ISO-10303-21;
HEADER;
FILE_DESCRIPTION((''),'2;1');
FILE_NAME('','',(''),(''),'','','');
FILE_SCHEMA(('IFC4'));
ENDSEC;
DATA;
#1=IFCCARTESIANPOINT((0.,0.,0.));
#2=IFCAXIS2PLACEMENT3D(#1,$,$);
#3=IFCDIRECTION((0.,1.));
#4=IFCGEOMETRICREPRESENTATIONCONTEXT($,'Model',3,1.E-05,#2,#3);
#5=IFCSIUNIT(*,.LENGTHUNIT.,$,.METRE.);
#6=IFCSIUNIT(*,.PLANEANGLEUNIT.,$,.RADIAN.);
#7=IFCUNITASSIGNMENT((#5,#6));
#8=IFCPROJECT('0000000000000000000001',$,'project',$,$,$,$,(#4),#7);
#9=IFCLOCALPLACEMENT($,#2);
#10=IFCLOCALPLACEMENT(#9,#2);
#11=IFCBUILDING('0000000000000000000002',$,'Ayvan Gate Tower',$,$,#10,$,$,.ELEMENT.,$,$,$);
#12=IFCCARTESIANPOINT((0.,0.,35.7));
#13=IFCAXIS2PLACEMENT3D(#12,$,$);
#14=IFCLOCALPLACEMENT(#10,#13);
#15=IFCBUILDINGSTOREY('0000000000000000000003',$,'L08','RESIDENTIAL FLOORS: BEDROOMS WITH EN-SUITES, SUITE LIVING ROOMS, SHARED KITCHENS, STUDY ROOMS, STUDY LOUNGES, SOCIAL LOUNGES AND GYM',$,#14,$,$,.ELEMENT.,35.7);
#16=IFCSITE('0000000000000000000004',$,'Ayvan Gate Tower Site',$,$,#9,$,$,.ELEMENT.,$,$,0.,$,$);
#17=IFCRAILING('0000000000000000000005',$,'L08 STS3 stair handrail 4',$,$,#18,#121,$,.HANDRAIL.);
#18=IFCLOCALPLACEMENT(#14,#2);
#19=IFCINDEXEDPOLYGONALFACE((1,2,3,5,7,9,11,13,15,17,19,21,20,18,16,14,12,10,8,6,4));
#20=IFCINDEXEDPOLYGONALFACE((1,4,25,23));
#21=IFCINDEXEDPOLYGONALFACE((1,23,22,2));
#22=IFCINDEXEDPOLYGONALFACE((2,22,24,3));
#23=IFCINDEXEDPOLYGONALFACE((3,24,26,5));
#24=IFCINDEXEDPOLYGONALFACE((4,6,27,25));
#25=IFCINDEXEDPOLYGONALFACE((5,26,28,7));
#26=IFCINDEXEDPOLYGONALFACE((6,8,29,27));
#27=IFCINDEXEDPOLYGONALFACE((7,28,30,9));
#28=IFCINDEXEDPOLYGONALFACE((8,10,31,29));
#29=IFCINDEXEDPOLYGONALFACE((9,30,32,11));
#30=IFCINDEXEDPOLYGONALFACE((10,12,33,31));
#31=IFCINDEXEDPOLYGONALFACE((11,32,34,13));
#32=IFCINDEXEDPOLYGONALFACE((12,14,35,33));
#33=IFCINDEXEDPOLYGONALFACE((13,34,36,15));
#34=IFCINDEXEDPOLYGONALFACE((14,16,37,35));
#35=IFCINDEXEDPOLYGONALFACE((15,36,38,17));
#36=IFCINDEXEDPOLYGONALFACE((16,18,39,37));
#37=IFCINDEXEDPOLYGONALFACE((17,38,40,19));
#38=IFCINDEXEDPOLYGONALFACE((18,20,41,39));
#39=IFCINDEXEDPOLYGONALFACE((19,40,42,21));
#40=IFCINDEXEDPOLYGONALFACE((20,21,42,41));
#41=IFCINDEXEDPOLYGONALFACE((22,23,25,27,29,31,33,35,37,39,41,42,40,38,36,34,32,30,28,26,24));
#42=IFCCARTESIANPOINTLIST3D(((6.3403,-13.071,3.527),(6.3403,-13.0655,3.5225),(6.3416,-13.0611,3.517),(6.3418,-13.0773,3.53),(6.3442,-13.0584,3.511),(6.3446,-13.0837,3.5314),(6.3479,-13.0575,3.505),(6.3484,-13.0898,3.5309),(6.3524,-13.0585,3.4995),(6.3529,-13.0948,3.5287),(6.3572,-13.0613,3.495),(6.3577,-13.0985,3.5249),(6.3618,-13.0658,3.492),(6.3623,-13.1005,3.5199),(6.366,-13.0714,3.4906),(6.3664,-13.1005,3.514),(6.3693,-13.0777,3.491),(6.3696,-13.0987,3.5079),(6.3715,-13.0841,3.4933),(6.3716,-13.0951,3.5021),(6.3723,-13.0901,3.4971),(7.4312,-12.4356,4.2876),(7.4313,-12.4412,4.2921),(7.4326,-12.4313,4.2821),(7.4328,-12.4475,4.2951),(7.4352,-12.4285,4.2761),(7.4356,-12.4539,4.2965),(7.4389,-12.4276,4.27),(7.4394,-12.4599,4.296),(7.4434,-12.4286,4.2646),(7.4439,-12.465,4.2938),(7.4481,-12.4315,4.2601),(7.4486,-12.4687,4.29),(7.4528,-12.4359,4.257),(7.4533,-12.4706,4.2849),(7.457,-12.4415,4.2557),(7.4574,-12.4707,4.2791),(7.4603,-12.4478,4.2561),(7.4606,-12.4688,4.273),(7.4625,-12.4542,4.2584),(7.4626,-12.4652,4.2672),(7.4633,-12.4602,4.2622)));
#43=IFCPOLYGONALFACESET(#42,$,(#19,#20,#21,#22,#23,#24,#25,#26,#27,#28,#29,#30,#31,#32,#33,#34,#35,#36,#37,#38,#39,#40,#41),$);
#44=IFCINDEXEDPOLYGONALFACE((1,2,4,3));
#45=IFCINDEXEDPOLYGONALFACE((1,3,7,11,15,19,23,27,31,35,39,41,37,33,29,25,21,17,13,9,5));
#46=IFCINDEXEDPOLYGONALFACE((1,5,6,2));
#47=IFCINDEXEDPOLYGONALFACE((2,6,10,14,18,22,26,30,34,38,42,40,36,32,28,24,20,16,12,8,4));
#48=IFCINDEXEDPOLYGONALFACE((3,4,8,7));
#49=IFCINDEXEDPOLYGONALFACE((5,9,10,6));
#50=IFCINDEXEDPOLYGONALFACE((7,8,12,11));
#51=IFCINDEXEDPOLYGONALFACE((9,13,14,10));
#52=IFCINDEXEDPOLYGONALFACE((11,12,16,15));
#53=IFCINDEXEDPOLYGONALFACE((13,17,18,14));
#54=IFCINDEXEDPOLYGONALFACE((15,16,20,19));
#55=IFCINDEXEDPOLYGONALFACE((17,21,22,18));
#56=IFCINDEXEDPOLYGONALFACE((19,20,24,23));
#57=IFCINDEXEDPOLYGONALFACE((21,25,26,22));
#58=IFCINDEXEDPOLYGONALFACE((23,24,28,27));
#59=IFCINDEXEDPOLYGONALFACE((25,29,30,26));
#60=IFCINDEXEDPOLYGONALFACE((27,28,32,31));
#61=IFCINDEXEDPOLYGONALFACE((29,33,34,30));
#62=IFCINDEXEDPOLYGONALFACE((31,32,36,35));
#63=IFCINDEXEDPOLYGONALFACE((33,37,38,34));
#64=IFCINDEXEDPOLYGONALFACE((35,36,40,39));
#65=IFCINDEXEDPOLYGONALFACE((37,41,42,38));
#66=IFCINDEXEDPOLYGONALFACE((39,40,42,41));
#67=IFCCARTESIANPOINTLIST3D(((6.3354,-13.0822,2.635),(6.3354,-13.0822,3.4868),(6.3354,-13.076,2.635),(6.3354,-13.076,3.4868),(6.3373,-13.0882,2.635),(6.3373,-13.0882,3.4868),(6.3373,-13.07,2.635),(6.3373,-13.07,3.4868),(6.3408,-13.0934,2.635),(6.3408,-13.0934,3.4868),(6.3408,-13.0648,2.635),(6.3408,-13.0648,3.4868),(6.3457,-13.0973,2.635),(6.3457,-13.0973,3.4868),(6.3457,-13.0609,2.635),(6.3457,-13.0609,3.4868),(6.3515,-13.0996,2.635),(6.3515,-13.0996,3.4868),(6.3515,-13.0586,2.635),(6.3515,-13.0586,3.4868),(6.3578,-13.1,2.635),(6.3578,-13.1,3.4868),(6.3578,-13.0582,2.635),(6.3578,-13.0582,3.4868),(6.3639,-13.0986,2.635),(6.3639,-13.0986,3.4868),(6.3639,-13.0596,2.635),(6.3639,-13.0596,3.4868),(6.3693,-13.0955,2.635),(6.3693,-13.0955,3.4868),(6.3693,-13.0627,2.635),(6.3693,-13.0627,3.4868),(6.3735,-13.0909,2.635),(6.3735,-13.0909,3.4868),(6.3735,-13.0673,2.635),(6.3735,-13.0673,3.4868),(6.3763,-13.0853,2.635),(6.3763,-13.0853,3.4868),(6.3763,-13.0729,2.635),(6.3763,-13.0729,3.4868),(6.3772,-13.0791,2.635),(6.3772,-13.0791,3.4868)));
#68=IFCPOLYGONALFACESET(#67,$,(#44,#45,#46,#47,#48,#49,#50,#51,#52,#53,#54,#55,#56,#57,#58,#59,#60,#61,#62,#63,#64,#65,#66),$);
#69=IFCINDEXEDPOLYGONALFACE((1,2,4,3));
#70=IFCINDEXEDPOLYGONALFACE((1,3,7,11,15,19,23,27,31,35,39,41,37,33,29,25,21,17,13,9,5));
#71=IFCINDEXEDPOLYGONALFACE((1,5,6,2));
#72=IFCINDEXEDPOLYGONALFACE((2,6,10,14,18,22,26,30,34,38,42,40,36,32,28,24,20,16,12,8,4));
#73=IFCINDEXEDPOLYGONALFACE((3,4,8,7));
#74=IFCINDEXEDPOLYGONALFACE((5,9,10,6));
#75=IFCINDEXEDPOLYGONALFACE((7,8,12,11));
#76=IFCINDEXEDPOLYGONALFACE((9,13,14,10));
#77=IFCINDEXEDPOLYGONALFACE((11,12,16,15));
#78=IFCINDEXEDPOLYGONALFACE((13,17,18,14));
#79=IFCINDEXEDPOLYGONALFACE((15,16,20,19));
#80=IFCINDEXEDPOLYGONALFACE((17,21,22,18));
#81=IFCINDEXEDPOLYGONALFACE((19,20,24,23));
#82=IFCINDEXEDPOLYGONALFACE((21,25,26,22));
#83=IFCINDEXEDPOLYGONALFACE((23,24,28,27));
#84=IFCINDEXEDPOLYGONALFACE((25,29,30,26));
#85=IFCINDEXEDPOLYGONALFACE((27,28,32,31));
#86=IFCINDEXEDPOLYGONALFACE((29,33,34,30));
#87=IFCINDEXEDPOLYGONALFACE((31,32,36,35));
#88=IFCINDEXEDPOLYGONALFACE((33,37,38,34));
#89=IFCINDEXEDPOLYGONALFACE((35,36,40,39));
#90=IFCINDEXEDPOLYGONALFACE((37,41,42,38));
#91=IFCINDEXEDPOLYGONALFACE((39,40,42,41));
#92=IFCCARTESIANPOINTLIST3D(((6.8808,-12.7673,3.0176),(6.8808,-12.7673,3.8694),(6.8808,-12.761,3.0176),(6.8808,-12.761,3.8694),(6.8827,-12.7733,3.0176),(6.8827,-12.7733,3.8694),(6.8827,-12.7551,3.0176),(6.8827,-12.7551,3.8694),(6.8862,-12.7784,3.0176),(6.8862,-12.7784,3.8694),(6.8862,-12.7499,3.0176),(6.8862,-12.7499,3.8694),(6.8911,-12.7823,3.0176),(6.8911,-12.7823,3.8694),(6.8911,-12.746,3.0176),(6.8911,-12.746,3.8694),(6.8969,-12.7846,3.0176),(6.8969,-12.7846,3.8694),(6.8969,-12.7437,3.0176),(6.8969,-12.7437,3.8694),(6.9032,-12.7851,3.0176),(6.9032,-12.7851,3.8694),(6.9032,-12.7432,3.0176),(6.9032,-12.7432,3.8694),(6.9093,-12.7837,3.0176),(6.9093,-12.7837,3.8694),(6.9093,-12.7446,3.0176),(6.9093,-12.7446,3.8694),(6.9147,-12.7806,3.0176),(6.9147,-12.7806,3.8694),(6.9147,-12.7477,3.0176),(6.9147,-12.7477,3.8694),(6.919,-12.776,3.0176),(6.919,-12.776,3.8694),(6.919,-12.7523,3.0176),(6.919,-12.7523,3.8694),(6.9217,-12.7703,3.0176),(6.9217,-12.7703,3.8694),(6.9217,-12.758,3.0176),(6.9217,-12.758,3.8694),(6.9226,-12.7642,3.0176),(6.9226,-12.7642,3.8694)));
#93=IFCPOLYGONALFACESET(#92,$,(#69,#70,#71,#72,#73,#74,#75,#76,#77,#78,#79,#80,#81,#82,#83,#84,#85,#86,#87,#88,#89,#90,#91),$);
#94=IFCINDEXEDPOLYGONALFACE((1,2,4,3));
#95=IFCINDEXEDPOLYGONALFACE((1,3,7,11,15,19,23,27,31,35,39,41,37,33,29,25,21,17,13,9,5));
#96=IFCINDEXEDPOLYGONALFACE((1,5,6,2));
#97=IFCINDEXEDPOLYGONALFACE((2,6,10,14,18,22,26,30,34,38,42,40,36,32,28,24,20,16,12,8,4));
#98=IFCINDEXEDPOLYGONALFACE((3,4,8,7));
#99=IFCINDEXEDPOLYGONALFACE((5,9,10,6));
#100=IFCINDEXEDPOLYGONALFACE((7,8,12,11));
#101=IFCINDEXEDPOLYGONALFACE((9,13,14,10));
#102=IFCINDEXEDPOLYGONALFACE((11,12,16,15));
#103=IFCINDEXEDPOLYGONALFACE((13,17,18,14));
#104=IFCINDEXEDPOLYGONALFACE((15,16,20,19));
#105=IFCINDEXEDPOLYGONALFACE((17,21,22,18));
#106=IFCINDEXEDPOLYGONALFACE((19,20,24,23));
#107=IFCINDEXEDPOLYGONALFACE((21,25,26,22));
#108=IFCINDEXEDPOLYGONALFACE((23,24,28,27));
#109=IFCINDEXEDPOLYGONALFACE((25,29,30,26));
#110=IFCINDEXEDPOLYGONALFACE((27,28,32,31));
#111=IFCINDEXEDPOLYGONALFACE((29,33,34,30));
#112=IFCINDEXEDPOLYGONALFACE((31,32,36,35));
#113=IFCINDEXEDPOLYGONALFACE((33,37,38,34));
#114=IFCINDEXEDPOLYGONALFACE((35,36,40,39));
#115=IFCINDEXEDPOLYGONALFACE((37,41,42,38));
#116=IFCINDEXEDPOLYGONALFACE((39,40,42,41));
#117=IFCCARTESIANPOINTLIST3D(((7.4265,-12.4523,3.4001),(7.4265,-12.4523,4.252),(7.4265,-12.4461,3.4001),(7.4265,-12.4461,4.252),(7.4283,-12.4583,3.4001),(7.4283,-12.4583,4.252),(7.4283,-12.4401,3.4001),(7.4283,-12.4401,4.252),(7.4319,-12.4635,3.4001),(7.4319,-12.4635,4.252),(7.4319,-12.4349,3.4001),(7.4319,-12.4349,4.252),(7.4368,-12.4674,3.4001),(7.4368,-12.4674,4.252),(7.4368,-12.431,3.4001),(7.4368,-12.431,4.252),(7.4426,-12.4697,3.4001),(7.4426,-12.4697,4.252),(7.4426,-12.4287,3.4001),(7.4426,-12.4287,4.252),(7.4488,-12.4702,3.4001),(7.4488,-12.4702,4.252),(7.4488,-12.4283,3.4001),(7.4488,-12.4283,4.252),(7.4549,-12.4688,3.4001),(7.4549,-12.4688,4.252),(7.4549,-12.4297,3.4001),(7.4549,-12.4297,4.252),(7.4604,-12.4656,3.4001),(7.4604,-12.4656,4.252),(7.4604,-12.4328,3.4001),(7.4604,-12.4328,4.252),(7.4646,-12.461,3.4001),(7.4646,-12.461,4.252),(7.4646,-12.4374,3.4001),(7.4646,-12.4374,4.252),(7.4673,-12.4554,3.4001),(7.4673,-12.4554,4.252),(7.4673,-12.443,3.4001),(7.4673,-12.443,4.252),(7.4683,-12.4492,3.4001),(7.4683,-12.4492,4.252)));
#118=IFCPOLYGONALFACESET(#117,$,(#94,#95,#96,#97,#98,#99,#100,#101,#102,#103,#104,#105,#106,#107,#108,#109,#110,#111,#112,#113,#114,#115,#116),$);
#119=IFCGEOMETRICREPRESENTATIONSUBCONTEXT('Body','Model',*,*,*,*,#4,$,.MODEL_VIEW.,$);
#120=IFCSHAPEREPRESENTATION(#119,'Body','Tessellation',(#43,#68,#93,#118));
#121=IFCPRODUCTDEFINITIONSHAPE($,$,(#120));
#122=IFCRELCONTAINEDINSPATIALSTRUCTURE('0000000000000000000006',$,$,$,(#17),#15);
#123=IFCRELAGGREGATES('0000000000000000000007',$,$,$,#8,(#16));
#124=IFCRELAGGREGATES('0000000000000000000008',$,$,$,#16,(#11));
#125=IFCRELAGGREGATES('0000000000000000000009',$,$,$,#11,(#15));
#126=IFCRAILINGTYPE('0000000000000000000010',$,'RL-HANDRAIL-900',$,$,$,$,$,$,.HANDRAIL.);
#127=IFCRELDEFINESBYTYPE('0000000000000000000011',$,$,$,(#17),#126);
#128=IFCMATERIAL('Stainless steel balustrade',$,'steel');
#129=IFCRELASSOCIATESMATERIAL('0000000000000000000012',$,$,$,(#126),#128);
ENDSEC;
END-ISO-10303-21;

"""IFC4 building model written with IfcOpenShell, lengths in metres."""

from ifc_helpers import new_model, si_unit, direction, frame, origin, origin_2d, place, context, subcontext, project, spatial, circle, extrude, material, type_object, element, save


model = new_model("IFC4")

# Units and contexts
model_context = context("Model", 3, precision=1e-05, world=origin(), true_north=direction((0.0, 1.0)))
body_context = subcontext(model_context, "Body", "Model", "MODEL_VIEW")
ifc_project = project(units=[si_unit("LENGTHUNIT", "METRE"), si_unit("PLANEANGLEUNIT", "RADIAN")], contexts=[model_context])

# Site, building, storey
site_placement = place(None, origin())
site = spatial("IfcSite", under=ifc_project, at=site_placement, Name="Ayvan Gate Tower Site", CompositionType="ELEMENT", RefElevation=0.0)
building_placement = place(site_placement, origin())
building = spatial("IfcBuilding", under=site, at=building_placement, Name="Ayvan Gate Tower", CompositionType="ELEMENT")
storey_placement = place(building_placement, frame((0.0, 0.0, 35.7)))
storey = spatial("IfcBuildingStorey", under=building, at=storey_placement, Name="L08", Description="RESIDENTIAL FLOORS: BEDROOMS WITH EN-SUITES, SUITE LIVING ROOMS, SHARED KITCHENS, STUDY ROOMS, STUDY LOUNGES, SOCIAL LOUNGES AND GYM", CompositionType="ELEMENT", Elevation=35.7)

# Railing
ifc_material_1 = material(Name="Stainless steel balustrade", Category="steel")
railing_type_1 = type_object("IfcRailingType", Name="RL-HANDRAIL-900", PredefinedType="HANDRAIL", material=ifc_material_1)
railing_1_placement = place(storey_placement, frame((6.3562, -13.0791, 2.635)))
element("IfcRailing", 1, at=railing_1_placement, inside=storey, type_object=railing_type_1, Name="L08 STS3 stair handrail 4", PredefinedType="HANDRAIL", context=body_context, shape_type="SweptSolid", body=[
    extrude(circle(Radius=0.0239, at=origin_2d()), frame((0.0, 0.0, 0.876), z_axis=(0.740218, 0.427336, 0.519097), x_axis=(-0.499974, 0.86604, 0.0)), (0.0, 0.0, 1.0), 1.4739),
    extrude(circle(Radius=0.021, at=origin_2d()), origin(), (0.0, 0.0, 1.0), 0.8518),
    extrude(circle(Radius=0.021, at=origin_2d()), frame((0.5454, 0.3149, 0.3826)), (0.0, 0.0, 1.0), 0.8518),
    extrude(circle(Radius=0.021, at=origin_2d()), frame((1.0911, 0.6299, 0.7651)), (0.0, 0.0, 1.0), 0.8518),
])

save(model, "model.ifc")
